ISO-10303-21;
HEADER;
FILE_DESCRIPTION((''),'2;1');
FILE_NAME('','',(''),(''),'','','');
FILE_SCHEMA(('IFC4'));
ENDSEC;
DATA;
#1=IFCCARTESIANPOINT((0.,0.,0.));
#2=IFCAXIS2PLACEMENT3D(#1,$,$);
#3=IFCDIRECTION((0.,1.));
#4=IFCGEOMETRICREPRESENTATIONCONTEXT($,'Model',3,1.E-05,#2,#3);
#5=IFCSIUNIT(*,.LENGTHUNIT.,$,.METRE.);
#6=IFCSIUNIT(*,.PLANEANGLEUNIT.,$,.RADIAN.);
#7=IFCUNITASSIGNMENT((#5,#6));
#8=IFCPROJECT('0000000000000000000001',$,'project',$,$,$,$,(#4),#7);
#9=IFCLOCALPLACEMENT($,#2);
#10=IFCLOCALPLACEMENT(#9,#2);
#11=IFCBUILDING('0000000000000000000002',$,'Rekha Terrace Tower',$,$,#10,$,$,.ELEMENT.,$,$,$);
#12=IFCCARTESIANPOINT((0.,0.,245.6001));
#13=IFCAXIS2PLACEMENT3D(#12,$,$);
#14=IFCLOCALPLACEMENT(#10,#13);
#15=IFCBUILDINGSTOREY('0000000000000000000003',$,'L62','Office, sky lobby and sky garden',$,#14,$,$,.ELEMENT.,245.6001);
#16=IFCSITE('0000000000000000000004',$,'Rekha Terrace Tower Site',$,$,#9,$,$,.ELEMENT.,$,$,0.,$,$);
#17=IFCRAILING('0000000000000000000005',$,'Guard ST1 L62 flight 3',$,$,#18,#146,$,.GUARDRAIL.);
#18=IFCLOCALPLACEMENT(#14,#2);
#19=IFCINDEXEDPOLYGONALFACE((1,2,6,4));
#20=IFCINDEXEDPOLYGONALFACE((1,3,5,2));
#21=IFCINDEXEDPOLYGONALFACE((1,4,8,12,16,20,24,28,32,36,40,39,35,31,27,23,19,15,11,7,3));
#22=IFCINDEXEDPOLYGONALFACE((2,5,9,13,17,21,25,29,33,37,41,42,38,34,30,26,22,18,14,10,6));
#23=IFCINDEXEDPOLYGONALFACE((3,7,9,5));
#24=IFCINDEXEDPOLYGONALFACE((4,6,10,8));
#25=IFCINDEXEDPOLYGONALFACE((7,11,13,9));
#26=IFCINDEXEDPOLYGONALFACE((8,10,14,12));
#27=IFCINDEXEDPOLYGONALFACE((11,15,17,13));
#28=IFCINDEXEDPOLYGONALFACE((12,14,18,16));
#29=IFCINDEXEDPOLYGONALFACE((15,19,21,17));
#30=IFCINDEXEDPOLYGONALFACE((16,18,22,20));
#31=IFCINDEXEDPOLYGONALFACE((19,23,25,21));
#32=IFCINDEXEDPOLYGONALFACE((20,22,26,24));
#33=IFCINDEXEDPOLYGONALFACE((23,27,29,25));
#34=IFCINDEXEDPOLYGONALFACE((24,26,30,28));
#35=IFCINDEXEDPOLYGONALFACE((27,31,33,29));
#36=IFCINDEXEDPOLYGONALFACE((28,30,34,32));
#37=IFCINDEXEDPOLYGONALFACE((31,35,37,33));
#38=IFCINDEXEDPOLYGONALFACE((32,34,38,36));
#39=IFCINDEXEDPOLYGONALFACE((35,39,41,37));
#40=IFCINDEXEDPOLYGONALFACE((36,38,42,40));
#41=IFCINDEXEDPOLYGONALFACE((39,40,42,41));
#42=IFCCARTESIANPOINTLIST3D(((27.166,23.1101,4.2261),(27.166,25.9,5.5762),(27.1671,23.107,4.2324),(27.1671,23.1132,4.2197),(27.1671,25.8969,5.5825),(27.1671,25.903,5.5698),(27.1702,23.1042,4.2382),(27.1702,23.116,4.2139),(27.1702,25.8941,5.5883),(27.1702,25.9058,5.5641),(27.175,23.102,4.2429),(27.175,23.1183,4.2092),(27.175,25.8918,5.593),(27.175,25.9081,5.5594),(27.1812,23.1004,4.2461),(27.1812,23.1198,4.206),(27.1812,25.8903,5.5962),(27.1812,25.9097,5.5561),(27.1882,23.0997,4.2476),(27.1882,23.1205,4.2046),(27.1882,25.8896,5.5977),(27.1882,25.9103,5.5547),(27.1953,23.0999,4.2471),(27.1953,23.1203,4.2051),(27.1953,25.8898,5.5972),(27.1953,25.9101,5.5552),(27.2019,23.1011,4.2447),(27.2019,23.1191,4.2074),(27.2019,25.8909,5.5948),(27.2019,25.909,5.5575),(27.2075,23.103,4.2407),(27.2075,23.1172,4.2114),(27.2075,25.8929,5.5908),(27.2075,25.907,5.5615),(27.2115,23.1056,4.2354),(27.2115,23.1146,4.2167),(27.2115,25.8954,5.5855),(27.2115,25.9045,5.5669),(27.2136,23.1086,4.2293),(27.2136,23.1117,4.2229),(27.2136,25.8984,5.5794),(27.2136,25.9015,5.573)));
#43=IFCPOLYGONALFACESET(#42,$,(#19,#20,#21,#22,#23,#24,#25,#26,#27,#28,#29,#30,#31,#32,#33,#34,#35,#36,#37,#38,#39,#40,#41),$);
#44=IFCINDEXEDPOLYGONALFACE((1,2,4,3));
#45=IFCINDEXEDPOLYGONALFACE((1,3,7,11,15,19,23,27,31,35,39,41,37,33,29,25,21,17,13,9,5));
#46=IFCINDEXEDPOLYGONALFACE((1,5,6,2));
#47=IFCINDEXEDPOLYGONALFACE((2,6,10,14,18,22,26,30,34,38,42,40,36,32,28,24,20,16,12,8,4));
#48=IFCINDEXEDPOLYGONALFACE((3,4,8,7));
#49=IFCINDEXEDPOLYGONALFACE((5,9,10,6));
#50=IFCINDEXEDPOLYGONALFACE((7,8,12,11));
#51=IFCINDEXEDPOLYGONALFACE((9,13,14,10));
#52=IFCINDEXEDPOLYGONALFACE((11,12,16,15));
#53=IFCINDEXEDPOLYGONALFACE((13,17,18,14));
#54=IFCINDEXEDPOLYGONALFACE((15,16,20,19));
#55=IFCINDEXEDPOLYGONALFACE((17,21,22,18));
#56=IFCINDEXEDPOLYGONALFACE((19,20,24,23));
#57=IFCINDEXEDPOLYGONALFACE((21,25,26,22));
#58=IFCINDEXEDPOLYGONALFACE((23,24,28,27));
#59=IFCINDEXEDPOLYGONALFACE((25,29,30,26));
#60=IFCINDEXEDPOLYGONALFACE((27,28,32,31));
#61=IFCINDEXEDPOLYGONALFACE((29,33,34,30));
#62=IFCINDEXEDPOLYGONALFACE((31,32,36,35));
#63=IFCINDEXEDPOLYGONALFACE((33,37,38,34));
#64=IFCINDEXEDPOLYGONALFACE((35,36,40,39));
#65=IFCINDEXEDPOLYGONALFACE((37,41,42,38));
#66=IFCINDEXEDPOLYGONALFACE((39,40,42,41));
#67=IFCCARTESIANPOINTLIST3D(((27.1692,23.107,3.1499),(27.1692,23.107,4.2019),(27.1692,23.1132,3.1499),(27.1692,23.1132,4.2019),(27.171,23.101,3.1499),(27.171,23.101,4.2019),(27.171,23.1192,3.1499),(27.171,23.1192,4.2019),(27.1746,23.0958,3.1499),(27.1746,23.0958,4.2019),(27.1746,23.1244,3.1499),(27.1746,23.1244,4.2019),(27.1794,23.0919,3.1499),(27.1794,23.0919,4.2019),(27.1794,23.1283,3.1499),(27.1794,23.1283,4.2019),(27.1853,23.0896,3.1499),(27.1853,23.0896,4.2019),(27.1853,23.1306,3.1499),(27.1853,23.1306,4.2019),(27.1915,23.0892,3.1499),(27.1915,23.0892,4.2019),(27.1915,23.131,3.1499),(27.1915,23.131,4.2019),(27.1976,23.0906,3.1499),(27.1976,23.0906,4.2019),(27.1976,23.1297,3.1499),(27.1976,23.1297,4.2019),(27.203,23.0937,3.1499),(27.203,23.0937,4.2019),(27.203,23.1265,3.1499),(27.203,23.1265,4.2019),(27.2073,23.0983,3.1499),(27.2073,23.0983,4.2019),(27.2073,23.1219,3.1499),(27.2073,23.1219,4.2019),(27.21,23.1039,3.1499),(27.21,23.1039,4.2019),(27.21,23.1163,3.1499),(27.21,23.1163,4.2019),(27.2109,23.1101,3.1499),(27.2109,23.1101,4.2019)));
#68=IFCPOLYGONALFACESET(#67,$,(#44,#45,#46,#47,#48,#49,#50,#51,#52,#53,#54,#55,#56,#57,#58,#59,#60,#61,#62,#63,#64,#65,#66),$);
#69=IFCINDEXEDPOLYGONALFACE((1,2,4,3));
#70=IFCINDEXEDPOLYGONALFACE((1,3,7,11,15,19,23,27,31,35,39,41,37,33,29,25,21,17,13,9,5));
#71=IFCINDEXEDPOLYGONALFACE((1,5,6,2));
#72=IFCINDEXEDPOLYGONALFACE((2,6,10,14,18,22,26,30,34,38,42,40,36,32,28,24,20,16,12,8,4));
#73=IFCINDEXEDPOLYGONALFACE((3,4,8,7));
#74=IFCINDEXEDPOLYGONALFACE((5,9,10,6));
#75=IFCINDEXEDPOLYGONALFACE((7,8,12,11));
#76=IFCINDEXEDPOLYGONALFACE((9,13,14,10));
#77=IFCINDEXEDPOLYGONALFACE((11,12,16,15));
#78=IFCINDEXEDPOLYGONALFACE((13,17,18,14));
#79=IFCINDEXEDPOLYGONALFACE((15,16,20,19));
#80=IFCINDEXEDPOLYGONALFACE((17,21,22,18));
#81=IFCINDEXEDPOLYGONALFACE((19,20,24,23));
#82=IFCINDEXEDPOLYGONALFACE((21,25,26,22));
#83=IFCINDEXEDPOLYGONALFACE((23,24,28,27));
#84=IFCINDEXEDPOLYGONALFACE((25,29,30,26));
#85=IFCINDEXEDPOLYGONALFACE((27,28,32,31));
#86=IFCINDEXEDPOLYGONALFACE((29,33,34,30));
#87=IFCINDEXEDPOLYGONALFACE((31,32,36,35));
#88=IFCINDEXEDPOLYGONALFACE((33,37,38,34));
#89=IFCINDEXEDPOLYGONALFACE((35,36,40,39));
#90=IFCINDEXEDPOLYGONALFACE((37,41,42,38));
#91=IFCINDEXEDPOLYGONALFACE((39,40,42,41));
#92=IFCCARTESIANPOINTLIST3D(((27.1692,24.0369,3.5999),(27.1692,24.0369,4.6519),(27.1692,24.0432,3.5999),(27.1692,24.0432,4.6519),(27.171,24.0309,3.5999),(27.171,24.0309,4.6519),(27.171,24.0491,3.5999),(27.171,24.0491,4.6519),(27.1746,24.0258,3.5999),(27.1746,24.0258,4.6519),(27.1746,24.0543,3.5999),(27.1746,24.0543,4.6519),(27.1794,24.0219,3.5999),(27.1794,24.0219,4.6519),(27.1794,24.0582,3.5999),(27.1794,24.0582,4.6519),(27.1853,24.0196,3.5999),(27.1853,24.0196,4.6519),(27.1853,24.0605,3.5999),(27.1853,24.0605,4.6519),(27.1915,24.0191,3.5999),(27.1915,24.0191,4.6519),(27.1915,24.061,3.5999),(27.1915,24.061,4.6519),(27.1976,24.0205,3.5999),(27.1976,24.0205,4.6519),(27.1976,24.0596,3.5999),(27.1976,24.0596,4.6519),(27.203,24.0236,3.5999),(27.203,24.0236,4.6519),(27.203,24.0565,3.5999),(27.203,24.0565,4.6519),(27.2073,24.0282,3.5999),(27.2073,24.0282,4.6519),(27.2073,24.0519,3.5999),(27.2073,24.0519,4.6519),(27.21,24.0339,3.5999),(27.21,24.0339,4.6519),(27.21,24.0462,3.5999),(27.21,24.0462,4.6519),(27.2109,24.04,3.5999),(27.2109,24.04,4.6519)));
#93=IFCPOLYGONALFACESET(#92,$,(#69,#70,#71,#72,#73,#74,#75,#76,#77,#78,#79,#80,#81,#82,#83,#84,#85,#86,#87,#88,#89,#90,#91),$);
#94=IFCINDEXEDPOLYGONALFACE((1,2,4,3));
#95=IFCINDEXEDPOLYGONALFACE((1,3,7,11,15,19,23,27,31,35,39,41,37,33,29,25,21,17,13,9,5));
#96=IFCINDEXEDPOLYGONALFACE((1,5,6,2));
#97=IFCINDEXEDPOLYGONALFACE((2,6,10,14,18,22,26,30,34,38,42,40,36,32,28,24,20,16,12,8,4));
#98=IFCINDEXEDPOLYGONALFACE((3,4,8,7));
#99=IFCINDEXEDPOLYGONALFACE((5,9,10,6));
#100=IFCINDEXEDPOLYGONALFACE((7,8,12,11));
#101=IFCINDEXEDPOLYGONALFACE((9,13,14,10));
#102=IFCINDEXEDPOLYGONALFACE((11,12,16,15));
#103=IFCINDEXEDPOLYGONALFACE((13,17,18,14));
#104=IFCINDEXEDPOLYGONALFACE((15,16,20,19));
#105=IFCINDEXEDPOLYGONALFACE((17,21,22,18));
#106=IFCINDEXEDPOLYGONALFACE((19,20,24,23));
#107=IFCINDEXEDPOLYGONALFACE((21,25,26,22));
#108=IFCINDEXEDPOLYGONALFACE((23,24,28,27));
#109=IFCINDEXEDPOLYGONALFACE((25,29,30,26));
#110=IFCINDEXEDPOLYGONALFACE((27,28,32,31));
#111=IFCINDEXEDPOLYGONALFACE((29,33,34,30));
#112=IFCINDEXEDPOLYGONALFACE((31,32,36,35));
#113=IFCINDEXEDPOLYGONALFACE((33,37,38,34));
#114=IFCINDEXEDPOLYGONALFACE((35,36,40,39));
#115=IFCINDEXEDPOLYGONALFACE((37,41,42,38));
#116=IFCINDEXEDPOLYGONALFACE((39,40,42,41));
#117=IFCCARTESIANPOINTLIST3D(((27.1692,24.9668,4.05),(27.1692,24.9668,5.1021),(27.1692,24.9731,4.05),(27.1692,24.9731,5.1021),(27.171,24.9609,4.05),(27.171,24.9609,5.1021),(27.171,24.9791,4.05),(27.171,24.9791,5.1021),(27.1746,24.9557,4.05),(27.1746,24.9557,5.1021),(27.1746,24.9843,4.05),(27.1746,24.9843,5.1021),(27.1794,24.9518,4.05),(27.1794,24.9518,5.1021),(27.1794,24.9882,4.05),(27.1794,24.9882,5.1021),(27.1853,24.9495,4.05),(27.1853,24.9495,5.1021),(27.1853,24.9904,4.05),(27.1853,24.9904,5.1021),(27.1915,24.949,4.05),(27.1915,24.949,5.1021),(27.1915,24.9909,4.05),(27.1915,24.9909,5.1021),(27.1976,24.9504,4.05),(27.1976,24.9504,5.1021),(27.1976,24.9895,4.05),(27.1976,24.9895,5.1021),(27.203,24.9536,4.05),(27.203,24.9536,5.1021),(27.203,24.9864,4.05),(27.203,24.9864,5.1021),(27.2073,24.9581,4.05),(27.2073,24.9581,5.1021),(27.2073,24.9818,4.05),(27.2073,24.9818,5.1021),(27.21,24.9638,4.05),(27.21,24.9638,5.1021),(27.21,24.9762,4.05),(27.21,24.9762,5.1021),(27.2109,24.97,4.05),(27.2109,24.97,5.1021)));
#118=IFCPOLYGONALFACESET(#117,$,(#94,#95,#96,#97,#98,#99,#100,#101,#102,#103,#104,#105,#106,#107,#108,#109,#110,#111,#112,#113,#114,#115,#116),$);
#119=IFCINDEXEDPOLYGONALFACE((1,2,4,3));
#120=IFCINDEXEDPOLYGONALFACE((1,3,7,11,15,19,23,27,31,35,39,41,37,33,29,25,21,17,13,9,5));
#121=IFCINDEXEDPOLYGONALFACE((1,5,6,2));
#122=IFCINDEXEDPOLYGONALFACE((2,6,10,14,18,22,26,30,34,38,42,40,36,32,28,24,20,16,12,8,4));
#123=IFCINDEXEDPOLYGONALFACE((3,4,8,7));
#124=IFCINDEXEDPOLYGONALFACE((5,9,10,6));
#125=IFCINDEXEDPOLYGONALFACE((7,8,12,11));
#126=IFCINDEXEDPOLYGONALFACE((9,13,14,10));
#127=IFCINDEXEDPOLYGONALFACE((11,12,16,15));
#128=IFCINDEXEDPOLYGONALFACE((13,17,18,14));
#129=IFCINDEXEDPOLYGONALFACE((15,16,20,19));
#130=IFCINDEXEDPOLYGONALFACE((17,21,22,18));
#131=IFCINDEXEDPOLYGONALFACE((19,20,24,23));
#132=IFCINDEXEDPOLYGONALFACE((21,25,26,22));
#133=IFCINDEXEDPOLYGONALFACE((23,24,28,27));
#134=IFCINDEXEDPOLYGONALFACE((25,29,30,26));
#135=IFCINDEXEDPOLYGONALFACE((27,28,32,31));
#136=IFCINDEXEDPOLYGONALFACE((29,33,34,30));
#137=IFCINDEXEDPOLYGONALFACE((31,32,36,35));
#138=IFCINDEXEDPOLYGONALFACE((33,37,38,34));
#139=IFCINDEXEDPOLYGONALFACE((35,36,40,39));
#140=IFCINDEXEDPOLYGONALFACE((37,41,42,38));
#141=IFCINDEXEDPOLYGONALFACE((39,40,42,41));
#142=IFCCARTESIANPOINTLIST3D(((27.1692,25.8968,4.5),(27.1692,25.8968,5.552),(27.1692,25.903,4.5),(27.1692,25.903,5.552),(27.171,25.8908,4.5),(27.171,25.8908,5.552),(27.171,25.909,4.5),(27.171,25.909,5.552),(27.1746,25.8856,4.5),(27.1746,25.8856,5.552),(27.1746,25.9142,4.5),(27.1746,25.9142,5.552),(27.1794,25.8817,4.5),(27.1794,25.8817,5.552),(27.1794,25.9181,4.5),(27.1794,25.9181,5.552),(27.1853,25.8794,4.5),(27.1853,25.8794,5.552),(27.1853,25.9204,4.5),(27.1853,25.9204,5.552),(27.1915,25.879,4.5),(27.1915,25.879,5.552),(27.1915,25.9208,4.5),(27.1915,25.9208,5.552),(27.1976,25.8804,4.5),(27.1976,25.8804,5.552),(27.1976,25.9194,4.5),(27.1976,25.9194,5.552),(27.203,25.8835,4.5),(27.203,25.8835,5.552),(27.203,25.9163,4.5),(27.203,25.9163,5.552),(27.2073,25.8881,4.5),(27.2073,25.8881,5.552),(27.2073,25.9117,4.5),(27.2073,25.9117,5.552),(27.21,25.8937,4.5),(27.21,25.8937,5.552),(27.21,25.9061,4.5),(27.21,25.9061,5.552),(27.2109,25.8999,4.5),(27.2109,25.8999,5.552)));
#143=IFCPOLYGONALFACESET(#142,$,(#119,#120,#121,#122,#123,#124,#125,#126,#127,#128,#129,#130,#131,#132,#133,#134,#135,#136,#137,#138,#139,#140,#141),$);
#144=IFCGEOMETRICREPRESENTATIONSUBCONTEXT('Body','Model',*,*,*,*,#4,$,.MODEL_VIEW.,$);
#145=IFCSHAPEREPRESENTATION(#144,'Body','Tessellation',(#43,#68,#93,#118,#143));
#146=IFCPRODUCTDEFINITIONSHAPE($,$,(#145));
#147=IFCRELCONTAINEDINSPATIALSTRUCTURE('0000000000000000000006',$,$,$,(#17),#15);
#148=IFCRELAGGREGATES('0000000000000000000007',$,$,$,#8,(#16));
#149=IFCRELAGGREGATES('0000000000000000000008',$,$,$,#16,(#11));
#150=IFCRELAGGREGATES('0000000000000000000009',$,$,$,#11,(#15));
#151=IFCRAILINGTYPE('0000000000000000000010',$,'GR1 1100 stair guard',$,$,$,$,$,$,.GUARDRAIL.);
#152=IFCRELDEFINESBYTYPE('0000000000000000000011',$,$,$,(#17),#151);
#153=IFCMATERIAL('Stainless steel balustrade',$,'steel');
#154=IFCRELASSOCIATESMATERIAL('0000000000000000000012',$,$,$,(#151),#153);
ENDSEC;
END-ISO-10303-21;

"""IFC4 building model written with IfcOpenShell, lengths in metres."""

from ifc_helpers import new_model, si_unit, direction, frame, origin, origin_2d, place, context, subcontext, project, spatial, circle, extrude, material, type_object, element, save


model = new_model("IFC4")

# Units and contexts
model_context = context("Model", 3, precision=1e-05, world=origin(), true_north=direction((0.0, 1.0)))
body_context = subcontext(model_context, "Body", "Model", "MODEL_VIEW")
ifc_project = project(units=[si_unit("LENGTHUNIT", "METRE"), si_unit("PLANEANGLEUNIT", "RADIAN")], contexts=[model_context])

# Site, building, storey
site_placement = place(None, origin())
site = spatial("IfcSite", under=ifc_project, at=site_placement, Name="Rekha Terrace Tower Site", CompositionType="ELEMENT", RefElevation=0.0)
building_placement = place(site_placement, origin())
building = spatial("IfcBuilding", under=site, at=building_placement, Name="Rekha Terrace Tower", CompositionType="ELEMENT")
storey_placement = place(building_placement, frame((0.0, 0.0, 245.6001)))
storey = spatial("IfcBuildingStorey", under=building, at=storey_placement, Name="L62", Description="Office, sky lobby and sky garden", CompositionType="ELEMENT", Elevation=245.6001)

# Railing
ifc_material_1 = material(Name="Stainless steel balustrade", Category="steel")
railing_type_1 = type_object("IfcRailingType", Name="GR1 1100 stair guard", PredefinedType="GUARDRAIL", material=ifc_material_1)
railing_1_placement = place(storey_placement, frame((27.1899, 23.1101, 3.1499)))
element("IfcRailing", 1, at=railing_1_placement, inside=storey, type_object=railing_type_1, Name="Guard ST1 L62 flight 3", PredefinedType="GUARDRAIL", context=body_context, shape_type="SweptSolid", body=[
    extrude(circle(Radius=0.0239, at=origin_2d()), frame((0.0, 0.0, 1.0762), z_axis=(0.0, 0.900134, 0.435612), x_axis=(-1.0, 0.0, 0.0)), (0.0, 0.0, 1.0), 3.0994),
    extrude(circle(Radius=0.021, at=origin_2d()), origin(), (0.0, 0.0, 1.0), 1.052),
    extrude(circle(Radius=0.021, at=origin_2d()), frame((0.0, 0.9299, 0.45)), (0.0, 0.0, 1.0), 1.052),
    extrude(circle(Radius=0.021, at=origin_2d()), frame((0.0, 1.8599, 0.9001)), (0.0, 0.0, 1.0), 1.052),
    extrude(circle(Radius=0.021, at=origin_2d()), frame((0.0, 2.7898, 1.3501)), (0.0, 0.0, 1.0), 1.052),
])

save(model, "model.ifc")
